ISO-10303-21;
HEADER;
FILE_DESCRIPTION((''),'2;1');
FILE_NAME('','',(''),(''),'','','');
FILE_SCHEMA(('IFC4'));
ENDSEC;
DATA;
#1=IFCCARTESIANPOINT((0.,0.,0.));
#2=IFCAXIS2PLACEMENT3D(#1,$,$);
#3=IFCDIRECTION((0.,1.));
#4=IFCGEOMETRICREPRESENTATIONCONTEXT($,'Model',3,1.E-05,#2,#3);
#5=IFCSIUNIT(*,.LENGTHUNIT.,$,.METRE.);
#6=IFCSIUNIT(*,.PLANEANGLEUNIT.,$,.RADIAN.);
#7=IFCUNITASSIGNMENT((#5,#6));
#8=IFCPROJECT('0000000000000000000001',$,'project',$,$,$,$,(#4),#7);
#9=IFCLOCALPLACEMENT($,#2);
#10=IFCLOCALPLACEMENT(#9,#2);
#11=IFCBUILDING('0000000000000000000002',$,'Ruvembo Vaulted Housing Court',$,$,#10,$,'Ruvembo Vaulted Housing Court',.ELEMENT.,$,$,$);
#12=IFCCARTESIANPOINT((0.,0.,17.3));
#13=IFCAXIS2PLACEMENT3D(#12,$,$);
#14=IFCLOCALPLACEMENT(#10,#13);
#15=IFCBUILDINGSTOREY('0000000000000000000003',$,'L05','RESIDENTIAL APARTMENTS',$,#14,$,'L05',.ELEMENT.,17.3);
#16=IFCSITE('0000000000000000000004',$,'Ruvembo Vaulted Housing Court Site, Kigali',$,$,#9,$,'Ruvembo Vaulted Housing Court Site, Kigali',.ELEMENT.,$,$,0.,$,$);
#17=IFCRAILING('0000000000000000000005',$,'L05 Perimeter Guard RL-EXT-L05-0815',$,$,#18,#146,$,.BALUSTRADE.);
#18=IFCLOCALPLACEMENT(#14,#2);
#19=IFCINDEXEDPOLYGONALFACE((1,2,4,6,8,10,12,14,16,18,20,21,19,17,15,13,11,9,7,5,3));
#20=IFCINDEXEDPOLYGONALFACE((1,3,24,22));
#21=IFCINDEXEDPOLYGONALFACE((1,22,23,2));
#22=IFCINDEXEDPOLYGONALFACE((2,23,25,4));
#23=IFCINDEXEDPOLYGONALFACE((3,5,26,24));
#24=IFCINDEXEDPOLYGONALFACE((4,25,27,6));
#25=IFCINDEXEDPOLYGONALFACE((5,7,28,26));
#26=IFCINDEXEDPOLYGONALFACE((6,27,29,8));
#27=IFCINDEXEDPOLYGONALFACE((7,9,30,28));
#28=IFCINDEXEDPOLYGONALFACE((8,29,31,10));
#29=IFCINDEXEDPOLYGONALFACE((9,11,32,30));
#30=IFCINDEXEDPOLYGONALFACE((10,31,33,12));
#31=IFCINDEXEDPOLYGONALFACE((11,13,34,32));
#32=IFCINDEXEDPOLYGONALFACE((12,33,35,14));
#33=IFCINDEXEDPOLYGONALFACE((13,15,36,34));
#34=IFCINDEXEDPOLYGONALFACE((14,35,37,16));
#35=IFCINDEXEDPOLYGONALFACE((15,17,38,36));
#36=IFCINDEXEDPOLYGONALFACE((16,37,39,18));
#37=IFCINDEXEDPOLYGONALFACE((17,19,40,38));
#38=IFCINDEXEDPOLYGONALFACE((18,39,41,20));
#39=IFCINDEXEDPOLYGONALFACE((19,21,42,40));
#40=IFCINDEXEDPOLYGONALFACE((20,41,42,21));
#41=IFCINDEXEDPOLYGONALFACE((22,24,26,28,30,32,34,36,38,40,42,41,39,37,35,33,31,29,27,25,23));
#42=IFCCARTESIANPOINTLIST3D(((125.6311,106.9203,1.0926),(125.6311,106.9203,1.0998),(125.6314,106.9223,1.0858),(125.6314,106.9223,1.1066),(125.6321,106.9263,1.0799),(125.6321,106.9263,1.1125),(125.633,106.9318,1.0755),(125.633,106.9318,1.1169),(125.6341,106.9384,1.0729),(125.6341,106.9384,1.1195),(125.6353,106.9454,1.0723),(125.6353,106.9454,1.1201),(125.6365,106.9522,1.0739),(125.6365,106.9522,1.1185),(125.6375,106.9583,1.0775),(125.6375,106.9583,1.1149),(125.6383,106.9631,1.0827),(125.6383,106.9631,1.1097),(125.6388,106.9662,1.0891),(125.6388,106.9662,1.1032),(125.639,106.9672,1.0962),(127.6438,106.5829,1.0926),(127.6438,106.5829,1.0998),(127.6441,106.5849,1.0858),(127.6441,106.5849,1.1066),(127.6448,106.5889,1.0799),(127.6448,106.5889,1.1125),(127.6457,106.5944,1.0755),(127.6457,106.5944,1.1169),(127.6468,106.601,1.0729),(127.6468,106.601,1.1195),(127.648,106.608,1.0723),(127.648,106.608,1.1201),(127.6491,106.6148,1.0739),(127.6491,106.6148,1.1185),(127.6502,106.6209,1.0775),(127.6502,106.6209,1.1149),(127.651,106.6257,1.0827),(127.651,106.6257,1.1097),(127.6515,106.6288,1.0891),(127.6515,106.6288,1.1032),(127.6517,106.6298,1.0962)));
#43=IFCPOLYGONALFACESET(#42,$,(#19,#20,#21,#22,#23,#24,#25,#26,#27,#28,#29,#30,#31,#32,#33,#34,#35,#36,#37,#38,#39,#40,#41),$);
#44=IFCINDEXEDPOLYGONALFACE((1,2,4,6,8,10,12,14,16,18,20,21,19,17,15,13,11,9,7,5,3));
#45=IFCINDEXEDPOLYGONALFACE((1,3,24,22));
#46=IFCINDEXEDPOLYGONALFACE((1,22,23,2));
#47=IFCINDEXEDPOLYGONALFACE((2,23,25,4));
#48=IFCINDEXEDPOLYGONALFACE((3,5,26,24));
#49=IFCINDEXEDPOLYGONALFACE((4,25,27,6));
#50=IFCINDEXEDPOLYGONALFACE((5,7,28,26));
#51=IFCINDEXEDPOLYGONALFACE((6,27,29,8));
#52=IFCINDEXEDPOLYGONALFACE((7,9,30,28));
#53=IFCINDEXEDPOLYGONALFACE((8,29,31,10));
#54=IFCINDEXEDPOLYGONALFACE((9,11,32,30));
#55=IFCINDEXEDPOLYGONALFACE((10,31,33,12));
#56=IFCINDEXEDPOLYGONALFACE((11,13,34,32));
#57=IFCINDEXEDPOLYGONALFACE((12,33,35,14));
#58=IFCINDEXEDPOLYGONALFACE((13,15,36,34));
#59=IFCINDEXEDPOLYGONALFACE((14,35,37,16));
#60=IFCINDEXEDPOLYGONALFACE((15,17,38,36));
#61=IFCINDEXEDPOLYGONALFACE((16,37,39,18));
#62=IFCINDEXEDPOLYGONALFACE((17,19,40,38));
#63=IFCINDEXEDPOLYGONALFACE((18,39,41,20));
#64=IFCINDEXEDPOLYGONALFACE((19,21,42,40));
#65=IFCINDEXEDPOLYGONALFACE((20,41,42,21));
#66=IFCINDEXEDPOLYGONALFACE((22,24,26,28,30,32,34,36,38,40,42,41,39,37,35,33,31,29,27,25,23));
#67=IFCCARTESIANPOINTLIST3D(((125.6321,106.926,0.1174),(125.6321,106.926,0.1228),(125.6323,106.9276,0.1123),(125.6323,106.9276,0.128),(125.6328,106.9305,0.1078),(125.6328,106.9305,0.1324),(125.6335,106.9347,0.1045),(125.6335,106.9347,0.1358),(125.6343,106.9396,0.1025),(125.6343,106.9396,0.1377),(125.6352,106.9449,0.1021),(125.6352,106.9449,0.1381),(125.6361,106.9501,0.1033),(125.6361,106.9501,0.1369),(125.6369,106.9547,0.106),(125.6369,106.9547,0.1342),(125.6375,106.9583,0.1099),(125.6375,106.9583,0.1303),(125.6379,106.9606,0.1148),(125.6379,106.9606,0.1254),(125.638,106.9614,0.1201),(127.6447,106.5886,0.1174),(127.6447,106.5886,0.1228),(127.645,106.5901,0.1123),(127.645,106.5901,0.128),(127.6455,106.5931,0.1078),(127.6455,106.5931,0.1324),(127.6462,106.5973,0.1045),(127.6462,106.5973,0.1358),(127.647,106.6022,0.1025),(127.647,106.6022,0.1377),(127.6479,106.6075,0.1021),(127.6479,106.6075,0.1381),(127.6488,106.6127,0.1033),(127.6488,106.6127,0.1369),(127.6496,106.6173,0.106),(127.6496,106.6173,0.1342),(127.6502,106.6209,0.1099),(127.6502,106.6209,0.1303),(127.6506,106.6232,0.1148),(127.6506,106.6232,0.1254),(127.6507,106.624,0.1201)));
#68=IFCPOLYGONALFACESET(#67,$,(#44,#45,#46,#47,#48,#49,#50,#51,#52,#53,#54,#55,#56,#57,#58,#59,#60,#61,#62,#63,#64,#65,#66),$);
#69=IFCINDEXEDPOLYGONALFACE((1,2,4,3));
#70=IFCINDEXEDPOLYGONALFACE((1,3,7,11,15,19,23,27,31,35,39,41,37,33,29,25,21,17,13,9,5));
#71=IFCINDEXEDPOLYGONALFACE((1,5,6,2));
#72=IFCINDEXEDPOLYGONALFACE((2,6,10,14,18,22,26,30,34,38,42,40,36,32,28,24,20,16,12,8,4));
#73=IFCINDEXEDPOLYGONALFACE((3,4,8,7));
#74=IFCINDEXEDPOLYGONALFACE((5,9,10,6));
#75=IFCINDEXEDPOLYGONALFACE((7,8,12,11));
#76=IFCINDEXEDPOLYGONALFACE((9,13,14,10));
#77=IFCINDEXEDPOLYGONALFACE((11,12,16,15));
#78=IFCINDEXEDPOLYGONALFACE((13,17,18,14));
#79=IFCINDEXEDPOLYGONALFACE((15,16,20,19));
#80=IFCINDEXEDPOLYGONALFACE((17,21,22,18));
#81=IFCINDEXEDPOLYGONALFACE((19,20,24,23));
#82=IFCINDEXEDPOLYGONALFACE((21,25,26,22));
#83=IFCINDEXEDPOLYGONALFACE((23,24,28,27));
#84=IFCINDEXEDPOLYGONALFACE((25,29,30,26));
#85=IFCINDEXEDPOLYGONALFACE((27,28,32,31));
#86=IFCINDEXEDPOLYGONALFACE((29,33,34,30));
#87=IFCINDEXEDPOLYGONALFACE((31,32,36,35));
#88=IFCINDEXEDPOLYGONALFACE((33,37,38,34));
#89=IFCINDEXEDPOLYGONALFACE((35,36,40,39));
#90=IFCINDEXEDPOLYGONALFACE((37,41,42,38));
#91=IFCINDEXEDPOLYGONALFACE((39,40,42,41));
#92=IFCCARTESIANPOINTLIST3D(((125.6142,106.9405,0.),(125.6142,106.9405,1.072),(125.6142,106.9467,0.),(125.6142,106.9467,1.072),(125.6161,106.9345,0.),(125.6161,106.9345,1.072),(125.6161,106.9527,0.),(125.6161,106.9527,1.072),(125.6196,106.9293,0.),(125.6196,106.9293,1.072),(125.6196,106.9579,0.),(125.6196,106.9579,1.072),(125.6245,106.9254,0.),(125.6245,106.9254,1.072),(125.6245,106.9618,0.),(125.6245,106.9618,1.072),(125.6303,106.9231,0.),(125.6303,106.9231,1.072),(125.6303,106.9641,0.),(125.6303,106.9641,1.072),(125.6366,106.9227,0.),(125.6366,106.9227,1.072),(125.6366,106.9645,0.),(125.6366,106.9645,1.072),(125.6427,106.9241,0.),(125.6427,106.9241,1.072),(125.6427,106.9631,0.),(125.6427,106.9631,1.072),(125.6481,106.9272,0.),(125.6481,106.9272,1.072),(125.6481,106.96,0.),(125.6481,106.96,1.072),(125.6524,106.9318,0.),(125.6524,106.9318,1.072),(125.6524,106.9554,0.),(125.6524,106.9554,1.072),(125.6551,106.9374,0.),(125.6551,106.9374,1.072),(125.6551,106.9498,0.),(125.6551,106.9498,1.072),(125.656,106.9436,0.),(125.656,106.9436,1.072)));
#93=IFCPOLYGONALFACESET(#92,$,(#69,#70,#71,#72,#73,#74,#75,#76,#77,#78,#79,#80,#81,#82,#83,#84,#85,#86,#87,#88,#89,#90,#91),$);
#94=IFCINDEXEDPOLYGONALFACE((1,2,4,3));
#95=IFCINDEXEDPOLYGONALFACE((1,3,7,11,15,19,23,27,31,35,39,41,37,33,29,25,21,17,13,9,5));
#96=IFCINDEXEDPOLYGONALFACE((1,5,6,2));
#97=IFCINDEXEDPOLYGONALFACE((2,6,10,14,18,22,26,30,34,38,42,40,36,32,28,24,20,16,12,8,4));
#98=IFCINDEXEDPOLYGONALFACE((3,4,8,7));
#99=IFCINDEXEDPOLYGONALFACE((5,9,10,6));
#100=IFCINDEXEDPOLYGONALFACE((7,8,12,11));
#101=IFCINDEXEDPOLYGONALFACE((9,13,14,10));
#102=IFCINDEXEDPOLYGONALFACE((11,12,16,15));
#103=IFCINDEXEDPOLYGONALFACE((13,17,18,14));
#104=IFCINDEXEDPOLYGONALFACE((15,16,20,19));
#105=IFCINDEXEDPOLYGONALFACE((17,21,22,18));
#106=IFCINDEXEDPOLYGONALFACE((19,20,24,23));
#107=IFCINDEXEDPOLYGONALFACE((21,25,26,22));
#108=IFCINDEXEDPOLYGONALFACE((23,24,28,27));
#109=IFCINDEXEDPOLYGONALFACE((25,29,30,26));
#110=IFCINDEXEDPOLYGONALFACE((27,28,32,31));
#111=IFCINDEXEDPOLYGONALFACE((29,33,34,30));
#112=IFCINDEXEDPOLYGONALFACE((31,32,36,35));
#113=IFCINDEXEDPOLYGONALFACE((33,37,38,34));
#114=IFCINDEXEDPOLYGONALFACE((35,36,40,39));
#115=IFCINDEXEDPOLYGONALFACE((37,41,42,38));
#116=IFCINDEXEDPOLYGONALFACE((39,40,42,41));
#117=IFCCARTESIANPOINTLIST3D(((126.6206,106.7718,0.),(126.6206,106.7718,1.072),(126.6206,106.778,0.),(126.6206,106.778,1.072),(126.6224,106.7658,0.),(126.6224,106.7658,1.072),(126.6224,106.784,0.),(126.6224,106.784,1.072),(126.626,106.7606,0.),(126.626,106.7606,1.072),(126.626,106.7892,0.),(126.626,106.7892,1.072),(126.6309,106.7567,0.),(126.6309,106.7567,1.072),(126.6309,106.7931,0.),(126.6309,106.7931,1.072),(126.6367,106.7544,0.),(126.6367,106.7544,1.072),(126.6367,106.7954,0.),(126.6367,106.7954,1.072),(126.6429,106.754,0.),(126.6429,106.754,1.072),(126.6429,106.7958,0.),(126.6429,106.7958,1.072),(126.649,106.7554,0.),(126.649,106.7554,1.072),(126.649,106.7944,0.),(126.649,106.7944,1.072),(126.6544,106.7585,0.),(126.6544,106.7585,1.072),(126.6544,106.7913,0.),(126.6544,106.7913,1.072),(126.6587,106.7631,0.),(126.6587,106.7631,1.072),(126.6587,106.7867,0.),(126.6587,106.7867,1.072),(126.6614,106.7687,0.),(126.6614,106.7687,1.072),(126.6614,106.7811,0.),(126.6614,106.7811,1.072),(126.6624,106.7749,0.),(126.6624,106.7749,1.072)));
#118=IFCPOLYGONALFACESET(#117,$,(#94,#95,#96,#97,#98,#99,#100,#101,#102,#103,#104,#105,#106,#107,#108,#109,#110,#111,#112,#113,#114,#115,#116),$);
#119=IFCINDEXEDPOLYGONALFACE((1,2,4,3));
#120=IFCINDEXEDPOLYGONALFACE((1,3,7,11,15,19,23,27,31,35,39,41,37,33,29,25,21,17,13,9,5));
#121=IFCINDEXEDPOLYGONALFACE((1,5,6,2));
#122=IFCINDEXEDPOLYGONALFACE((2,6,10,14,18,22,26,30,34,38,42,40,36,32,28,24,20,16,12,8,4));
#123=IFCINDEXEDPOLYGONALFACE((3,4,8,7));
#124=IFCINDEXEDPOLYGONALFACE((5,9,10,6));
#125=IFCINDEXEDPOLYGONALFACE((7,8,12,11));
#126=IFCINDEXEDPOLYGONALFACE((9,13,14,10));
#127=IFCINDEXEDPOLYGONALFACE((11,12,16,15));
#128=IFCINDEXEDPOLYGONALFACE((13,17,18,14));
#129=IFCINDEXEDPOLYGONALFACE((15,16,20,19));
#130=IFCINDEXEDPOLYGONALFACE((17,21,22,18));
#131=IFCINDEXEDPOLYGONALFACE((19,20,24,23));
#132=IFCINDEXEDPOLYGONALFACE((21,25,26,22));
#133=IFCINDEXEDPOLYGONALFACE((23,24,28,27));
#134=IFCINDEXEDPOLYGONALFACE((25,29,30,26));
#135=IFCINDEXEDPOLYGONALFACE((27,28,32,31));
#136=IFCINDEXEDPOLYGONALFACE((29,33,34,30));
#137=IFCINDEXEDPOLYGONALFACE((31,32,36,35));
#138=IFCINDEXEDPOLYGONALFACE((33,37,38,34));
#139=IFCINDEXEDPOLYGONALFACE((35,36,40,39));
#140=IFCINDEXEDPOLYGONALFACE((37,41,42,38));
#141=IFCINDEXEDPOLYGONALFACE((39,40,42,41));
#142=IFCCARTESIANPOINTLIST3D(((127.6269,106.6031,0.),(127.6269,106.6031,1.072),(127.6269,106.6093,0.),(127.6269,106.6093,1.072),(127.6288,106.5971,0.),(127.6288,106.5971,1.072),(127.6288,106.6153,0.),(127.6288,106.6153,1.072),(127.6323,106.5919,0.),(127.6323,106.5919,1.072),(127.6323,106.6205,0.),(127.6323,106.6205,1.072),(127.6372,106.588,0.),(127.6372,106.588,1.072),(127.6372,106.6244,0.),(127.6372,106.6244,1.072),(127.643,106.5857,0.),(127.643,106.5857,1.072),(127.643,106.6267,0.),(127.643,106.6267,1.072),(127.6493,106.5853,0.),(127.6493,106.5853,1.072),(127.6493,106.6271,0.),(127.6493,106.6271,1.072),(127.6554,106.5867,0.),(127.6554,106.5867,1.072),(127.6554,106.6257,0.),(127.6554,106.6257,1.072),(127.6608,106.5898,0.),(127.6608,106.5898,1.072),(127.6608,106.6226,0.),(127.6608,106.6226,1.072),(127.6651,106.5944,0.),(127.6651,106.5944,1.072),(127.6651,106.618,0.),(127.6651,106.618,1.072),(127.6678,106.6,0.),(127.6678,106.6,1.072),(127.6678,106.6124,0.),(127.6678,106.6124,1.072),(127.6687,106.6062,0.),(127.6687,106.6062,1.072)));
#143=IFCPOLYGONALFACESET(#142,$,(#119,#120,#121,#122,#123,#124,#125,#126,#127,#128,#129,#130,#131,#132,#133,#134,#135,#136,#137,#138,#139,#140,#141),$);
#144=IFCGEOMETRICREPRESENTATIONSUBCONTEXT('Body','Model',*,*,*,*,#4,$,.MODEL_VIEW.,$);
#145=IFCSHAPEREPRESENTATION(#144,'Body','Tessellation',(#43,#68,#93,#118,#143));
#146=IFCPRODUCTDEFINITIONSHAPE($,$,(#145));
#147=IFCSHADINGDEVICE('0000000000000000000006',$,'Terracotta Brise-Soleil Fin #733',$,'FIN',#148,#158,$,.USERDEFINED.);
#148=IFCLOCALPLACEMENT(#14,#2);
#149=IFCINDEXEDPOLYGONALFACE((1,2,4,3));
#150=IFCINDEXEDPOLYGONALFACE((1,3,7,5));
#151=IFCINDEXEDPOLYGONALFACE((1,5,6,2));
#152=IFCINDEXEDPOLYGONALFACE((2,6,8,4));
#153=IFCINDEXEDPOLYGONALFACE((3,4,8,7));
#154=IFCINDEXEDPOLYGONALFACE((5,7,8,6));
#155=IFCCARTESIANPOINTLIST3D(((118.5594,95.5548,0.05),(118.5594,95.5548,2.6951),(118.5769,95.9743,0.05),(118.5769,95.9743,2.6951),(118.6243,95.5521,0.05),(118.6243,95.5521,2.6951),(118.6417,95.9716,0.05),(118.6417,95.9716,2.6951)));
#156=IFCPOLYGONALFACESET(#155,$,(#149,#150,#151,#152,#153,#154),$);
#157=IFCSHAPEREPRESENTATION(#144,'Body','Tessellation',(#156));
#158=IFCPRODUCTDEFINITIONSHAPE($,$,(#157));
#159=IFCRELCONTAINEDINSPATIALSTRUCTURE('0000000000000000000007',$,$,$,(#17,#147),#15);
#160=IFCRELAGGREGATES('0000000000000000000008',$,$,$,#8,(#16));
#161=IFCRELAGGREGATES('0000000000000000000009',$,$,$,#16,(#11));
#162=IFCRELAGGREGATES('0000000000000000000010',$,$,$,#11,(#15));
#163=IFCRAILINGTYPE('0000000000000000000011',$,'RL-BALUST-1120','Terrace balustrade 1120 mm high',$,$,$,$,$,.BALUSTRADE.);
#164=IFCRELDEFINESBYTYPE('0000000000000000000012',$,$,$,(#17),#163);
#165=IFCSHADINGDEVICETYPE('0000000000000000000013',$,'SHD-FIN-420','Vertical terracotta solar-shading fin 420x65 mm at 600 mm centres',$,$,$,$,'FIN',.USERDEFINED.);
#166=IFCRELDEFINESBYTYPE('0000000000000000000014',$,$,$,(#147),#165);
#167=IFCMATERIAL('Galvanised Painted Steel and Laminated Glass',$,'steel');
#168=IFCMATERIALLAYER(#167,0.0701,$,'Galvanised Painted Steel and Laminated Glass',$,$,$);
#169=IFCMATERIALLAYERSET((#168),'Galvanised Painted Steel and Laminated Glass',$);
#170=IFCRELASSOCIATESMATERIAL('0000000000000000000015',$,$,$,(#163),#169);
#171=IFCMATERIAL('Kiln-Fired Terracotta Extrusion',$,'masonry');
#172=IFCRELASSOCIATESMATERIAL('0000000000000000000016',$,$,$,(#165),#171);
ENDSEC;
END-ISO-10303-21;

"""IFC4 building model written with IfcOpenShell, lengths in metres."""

from ifc_helpers import new_model, si_unit, direction, frame, origin, origin_2d, place, context, subcontext, project, spatial, rectangle, circle, extrude, material, layer, layer_set, type_object, element, save


model = new_model("IFC4")

# Units and contexts
model_context = context("Model", 3, precision=1e-05, world=origin(), true_north=direction((0.0, 1.0)))
body_context = subcontext(model_context, "Body", "Model", "MODEL_VIEW")
ifc_project = project(units=[si_unit("LENGTHUNIT", "METRE"), si_unit("PLANEANGLEUNIT", "RADIAN")], contexts=[model_context])

# Site, building, storey
site_placement = place(None, origin())
site = spatial("IfcSite", under=ifc_project, at=site_placement, Name="Ruvembo Vaulted Housing Court Site, Kigali", LongName="Ruvembo Vaulted Housing Court Site, Kigali", CompositionType="ELEMENT", RefElevation=0.0)
building_placement = place(site_placement, origin())
building = spatial("IfcBuilding", under=site, at=building_placement, Name="Ruvembo Vaulted Housing Court", LongName="Ruvembo Vaulted Housing Court", CompositionType="ELEMENT")
storey_placement = place(building_placement, frame((0.0, 0.0, 17.3)))
storey = spatial("IfcBuildingStorey", under=building, at=storey_placement, Name="L05", Description="RESIDENTIAL APARTMENTS", LongName="L05", CompositionType="ELEMENT", Elevation=17.3)

# Railing
ifc_material_1 = material(Name="Galvanised Painted Steel and Laminated Glass", Category="steel")
ifc_layer_1 = layer(ifc_material_1, 0.0701, Name="Galvanised Painted Steel and Laminated Glass")
ifc_layer_set_1 = layer_set([ifc_layer_1], Name="Galvanised Painted Steel and Laminated Glass")
railing_type = type_object("IfcRailingType", Name="RL-BALUST-1120", Description="Terrace balustrade 1120 mm high", PredefinedType="BALUSTRADE", material=ifc_layer_set_1)
railing_placement = place(storey_placement, frame((125.635, 106.9436, 0.0)))
element("IfcRailing", 1, at=railing_placement, inside=storey, type_object=railing_type, Name="L05 Perimeter Guard RL-EXT-L05-0815", PredefinedType="BALUSTRADE", context=body_context, shape_type="SweptSolid", body=[
    extrude(circle(Radius=0.0239, at=origin_2d()), frame((0.0, 0.0, 1.0962), z_axis=(0.986238, -0.16533, 0.0), x_axis=(0.16533, 0.986238, 0.0)), (0.0, 0.0, 1.0), 2.0408),
    extrude(circle(Radius=0.0181, at=origin_2d()), frame((0.0, 0.0, 0.1201), z_axis=(0.986238, -0.16533, 0.0), x_axis=(0.16533, 0.986238, 0.0)), (0.0, 0.0, 1.0), 2.0408),
    extrude(circle(Radius=0.021, at=origin_2d()), origin(), (0.0, 0.0, 1.0), 1.072),
    extrude(circle(Radius=0.021, at=origin_2d()), frame((1.0063, -0.1687, 0.0)), (0.0, 0.0, 1.0), 1.072),
    extrude(circle(Radius=0.021, at=origin_2d()), frame((2.0127, -0.3374, 0.0)), (0.0, 0.0, 1.0), 1.072),
])

# Shading device
ifc_material_2 = material(Name="Kiln-Fired Terracotta Extrusion", Category="masonry")
shading_device_type = type_object("IfcShadingDeviceType", Name="SHD-FIN-420", Description="Vertical terracotta solar-shading fin 420x65 mm at 600 mm centres", ElementType="FIN", PredefinedType="USERDEFINED", material=ifc_material_2)
shading_device_placement = place(storey_placement, frame((118.6006, 95.7632, 0.05), z_axis=(0.0, 0.0, 1.0), x_axis=(-0.041509, -0.999138, 0.0)))
element("IfcShadingDevice", 2, at=shading_device_placement, inside=storey, type_object=shading_device_type, Name="Terracotta Brise-Soleil Fin #733", ObjectType="FIN", PredefinedType="USERDEFINED", context=body_context, shape_type="SweptSolid", body=[
    extrude(rectangle(XDim=0.4199, YDim=0.0649, at=origin_2d()), origin(), (0.0, 0.0, 1.0), 2.645),
])

save(model, "model.ifc")
